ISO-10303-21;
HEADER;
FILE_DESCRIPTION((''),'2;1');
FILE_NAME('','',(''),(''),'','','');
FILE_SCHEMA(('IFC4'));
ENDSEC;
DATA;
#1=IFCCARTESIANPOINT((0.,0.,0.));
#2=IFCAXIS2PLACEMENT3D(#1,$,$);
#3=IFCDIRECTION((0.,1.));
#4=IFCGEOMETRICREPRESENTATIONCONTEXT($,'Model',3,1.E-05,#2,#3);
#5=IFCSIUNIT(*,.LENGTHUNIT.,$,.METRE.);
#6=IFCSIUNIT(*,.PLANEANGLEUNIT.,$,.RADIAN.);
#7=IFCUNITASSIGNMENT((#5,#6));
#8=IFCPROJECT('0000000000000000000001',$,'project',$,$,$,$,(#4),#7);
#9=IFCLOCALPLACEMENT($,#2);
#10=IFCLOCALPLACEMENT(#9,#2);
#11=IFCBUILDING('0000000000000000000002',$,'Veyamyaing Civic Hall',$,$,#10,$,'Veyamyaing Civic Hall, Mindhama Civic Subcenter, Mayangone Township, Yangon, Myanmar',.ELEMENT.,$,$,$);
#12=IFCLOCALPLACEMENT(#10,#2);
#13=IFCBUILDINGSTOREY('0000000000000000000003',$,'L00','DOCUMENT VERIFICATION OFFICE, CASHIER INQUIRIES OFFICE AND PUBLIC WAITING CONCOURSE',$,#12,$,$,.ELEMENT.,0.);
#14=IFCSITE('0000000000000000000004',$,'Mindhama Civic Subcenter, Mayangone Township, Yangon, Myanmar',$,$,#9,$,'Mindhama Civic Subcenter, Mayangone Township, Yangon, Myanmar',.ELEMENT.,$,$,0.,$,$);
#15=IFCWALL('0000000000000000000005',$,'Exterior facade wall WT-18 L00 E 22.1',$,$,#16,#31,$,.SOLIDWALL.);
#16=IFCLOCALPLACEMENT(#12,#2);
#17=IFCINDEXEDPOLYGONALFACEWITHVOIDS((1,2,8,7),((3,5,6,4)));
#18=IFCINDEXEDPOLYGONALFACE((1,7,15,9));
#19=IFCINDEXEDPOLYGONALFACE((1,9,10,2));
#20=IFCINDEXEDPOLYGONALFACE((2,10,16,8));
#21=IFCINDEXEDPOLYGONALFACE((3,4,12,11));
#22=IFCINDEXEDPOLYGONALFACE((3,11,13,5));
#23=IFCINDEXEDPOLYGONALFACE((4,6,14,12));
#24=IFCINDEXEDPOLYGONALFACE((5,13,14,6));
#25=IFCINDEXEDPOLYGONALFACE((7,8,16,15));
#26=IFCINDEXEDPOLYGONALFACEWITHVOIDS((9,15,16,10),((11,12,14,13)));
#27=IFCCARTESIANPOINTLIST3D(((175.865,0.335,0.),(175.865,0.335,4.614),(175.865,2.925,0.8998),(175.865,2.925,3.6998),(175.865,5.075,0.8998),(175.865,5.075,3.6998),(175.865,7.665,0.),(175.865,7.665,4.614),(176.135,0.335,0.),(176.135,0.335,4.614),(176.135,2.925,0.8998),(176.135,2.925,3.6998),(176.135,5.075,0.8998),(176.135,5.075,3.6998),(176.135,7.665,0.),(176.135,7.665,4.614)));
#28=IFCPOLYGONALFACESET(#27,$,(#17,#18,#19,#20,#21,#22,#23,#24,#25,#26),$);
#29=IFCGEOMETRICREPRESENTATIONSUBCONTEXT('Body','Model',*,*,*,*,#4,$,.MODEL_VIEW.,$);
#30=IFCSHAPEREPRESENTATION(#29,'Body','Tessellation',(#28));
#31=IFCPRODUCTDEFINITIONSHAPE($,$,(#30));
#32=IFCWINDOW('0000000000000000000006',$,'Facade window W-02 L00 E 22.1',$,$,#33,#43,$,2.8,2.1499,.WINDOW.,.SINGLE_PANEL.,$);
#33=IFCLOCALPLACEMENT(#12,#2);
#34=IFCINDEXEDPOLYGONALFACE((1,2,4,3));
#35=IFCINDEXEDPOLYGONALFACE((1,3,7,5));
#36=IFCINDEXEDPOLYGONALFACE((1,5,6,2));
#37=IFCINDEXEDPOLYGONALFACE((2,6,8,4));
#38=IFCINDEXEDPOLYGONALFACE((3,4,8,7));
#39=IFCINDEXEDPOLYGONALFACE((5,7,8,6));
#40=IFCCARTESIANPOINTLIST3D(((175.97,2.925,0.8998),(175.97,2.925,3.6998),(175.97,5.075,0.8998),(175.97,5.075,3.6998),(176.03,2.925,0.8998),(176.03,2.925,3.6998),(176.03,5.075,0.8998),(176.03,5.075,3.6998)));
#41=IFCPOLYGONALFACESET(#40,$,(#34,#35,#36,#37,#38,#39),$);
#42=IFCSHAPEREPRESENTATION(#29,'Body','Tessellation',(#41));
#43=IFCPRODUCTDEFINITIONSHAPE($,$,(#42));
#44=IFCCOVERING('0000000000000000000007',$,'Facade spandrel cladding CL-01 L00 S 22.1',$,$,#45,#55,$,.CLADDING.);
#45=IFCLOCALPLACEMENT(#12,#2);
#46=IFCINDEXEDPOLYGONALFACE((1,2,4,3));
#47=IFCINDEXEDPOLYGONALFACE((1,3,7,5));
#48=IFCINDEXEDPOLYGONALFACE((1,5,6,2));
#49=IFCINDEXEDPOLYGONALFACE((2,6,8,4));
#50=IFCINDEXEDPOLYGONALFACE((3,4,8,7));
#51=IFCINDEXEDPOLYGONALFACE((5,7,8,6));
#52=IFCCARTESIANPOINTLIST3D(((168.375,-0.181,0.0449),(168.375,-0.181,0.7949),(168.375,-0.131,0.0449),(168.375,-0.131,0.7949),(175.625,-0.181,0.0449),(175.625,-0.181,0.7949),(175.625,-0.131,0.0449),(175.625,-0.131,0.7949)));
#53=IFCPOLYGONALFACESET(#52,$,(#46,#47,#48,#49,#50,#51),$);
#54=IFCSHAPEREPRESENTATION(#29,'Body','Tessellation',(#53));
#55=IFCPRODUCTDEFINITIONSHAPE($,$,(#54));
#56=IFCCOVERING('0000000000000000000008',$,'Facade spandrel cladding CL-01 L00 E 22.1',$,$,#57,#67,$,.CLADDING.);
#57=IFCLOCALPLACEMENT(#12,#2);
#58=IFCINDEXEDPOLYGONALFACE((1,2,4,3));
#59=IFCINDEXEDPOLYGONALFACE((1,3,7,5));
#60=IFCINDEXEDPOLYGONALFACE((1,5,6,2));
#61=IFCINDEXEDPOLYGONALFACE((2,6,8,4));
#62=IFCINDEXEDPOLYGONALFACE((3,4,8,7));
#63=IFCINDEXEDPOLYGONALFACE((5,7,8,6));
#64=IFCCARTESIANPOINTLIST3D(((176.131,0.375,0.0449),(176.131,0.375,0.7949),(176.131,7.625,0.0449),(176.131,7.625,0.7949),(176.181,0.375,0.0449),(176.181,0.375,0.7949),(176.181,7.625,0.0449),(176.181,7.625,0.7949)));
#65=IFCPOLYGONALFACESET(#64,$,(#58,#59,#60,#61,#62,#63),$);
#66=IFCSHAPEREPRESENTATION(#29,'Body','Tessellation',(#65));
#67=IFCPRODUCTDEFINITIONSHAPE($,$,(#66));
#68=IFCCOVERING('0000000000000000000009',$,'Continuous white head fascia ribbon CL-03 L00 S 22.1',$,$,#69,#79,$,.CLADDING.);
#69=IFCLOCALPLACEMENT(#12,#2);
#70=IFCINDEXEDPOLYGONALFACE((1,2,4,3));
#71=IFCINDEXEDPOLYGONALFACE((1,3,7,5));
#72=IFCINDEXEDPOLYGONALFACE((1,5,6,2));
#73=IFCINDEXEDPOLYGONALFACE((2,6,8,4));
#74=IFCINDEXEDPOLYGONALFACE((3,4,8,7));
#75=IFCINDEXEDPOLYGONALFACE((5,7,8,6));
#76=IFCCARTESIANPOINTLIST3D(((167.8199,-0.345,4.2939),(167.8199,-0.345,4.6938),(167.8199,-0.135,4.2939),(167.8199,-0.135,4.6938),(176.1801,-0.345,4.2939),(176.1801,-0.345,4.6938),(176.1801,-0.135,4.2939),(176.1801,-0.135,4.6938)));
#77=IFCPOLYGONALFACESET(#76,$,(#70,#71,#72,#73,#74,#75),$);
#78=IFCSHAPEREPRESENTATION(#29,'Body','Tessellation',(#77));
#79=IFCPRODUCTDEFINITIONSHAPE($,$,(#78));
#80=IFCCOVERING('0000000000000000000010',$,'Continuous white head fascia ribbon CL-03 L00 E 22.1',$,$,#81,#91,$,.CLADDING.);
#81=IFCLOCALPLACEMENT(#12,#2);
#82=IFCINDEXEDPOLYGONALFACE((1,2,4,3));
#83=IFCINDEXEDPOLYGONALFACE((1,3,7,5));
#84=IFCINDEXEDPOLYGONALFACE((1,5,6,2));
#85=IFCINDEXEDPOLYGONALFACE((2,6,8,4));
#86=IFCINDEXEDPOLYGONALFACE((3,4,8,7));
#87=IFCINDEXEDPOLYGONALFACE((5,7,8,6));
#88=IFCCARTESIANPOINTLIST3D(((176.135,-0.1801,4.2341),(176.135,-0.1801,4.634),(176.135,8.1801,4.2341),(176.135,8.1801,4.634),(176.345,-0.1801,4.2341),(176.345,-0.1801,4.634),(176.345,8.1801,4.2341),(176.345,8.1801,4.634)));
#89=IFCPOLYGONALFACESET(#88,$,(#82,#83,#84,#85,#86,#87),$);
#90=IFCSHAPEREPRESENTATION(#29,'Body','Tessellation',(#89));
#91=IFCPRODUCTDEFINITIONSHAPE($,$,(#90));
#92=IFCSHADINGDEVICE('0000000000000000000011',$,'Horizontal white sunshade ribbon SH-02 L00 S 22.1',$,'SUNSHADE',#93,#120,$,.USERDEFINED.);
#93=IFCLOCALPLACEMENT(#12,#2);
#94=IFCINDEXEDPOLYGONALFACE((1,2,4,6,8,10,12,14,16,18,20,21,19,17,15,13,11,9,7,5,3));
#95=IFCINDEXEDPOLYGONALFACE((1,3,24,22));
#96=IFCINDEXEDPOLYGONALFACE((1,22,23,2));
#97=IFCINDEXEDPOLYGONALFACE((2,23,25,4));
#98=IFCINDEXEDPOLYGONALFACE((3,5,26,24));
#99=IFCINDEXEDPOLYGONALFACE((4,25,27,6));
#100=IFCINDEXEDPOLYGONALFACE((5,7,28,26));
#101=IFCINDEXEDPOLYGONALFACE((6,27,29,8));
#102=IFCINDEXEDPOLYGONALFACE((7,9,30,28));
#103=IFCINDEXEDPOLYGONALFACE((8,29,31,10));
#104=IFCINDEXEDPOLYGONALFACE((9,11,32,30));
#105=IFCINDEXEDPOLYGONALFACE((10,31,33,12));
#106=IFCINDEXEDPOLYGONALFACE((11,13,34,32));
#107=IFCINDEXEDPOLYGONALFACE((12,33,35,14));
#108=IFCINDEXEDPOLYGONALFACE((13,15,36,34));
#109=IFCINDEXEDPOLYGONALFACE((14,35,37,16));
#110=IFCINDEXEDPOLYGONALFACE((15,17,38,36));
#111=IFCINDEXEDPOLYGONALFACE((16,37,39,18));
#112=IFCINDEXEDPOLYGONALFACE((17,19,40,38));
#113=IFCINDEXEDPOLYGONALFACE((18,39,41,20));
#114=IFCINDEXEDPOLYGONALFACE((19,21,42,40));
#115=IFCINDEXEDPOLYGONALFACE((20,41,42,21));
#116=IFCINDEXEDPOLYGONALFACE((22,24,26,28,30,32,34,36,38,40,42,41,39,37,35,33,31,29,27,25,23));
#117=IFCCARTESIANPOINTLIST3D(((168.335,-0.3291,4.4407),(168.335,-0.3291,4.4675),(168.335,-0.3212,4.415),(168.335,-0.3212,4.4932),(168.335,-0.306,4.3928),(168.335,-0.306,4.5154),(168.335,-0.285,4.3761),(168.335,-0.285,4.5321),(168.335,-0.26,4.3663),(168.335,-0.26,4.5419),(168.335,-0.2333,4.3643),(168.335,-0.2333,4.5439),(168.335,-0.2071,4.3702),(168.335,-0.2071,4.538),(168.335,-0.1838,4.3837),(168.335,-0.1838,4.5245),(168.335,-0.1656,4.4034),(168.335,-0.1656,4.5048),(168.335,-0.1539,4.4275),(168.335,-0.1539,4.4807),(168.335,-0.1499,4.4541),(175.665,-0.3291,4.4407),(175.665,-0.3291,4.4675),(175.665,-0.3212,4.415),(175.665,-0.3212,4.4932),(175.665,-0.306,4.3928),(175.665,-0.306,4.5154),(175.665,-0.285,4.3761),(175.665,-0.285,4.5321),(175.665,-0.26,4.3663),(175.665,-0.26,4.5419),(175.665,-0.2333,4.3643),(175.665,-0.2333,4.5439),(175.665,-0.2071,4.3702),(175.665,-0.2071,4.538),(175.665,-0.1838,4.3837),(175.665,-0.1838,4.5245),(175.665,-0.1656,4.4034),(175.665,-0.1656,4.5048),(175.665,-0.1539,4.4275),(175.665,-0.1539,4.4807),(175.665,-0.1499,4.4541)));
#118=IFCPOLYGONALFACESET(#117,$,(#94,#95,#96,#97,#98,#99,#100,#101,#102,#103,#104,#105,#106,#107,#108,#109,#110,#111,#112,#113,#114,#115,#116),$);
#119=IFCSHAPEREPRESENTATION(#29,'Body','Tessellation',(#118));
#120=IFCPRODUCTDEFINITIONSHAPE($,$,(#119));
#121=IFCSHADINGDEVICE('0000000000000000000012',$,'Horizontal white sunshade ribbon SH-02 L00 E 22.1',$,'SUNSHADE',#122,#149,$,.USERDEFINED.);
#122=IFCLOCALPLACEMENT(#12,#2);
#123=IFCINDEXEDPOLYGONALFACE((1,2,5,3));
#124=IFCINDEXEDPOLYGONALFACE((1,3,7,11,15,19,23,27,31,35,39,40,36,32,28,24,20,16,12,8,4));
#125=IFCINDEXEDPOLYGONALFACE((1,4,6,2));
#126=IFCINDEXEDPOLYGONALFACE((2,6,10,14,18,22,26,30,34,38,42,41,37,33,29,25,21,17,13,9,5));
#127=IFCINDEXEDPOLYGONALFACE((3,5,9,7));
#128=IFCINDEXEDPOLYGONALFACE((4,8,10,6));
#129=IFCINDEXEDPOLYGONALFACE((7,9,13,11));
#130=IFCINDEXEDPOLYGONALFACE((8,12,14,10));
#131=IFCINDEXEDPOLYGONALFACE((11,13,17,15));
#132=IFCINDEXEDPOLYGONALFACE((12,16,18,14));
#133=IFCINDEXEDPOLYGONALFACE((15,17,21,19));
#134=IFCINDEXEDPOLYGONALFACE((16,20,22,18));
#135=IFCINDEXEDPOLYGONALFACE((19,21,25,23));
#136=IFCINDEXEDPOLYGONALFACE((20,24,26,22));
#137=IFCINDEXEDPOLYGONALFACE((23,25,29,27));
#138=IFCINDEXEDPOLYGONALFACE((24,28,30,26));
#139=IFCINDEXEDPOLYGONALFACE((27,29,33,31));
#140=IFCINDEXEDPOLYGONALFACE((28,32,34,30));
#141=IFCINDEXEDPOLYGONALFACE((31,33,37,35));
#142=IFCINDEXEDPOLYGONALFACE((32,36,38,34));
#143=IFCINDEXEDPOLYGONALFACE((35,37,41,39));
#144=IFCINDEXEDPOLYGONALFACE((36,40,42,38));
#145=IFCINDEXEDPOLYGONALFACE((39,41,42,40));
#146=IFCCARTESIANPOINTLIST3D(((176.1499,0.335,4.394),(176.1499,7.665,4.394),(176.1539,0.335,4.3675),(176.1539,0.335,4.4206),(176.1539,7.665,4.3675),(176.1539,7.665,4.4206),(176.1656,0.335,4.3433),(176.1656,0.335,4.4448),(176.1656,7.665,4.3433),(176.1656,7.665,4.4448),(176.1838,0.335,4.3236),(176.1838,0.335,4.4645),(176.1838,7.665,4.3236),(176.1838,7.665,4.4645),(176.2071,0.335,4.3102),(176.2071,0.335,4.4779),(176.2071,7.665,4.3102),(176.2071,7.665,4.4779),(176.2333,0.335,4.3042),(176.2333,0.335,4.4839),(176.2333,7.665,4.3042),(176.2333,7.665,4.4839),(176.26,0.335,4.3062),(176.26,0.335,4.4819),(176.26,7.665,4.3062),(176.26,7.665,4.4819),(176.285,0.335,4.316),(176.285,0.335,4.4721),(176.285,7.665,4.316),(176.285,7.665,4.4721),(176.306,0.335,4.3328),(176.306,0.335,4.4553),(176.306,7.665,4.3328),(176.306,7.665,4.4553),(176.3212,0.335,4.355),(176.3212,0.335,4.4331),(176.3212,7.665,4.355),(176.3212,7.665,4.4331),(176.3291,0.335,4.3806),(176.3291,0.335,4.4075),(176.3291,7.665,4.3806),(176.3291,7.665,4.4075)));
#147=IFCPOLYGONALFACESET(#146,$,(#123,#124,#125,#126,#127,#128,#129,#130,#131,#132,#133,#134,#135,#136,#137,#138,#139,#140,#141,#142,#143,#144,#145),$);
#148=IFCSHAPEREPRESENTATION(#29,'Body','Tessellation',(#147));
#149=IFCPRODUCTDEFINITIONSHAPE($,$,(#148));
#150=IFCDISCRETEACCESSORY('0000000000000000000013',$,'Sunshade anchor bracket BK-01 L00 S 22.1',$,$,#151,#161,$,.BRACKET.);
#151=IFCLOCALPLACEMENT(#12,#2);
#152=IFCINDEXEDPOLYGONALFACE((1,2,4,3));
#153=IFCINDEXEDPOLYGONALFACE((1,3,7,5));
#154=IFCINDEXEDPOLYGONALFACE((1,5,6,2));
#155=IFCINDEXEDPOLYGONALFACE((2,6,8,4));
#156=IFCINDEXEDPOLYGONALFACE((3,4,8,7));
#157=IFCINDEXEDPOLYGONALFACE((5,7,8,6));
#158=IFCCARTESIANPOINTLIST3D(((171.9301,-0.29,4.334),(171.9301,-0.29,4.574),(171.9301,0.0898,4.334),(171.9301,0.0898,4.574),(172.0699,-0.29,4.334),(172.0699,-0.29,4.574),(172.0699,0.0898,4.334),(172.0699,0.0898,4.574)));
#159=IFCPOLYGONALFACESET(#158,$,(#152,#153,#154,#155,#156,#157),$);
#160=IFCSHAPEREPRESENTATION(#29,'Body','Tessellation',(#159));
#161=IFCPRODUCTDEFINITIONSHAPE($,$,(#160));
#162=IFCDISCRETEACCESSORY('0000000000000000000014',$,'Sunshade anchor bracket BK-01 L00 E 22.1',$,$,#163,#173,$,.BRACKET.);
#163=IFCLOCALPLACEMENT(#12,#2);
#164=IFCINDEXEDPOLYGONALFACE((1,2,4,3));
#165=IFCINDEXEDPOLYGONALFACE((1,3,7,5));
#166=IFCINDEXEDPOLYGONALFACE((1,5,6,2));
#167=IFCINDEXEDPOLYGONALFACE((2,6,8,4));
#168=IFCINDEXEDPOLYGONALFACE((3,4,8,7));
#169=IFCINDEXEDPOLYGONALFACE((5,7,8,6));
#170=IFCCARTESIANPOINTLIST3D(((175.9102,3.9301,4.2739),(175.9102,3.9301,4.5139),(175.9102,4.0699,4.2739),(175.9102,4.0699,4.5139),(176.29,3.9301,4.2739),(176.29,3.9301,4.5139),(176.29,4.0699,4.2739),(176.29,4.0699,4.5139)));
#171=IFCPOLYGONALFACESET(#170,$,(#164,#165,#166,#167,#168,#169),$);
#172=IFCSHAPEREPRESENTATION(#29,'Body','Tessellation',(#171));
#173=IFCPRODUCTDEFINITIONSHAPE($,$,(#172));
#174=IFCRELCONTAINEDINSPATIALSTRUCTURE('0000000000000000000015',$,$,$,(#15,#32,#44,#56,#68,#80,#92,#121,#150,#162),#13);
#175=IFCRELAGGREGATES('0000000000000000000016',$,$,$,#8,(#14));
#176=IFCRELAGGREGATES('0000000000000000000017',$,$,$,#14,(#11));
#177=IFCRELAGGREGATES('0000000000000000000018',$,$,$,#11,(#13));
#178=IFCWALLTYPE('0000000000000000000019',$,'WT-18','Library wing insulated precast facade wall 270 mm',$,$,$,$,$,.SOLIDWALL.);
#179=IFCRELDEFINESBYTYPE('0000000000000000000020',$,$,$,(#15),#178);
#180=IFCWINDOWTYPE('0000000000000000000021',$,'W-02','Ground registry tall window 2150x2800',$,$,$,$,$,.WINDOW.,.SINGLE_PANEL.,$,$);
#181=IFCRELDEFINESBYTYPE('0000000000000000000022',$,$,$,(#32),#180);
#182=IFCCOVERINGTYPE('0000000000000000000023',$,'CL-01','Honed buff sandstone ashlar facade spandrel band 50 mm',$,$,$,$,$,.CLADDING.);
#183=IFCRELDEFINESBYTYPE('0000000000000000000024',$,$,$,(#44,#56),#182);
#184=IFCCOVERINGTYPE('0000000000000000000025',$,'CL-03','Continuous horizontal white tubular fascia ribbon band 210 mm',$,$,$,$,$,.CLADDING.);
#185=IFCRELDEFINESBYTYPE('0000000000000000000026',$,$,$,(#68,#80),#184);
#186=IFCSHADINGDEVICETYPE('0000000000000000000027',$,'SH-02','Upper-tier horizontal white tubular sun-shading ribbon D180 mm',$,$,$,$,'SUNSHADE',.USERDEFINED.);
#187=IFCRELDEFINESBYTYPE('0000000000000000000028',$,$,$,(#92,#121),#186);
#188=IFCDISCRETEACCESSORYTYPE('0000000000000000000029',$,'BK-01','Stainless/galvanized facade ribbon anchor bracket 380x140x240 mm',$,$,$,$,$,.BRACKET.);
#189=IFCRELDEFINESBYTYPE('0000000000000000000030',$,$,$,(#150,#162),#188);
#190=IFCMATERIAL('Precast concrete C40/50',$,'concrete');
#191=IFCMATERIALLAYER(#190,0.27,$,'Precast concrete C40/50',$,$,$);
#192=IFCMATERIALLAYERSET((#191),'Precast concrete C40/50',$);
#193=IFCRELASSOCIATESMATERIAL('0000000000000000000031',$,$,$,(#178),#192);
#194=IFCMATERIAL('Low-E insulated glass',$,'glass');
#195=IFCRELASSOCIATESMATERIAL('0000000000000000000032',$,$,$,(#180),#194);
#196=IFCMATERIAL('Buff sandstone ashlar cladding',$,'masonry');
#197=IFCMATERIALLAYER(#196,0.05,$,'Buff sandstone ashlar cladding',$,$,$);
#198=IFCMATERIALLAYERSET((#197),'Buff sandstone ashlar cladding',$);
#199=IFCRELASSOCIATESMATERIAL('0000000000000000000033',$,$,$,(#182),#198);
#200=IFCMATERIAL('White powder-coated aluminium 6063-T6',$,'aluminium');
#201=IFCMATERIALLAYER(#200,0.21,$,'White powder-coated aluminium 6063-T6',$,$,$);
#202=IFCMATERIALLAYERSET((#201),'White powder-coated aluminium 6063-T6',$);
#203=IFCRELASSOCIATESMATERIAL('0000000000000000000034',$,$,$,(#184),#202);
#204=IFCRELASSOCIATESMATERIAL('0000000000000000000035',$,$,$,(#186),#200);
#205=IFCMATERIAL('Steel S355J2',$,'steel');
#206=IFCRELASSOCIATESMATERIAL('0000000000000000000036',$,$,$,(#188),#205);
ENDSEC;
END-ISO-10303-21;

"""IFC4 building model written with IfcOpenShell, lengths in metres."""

from ifc_helpers import new_model, si_unit, direction, frame, frame_2d, origin, origin_2d, place, context, subcontext, project, spatial, rectangle, circle, extrude, material, layer, layer_set, material_profile, profile_set, type_object, element, fill, save


model = new_model("IFC4")

# Units and contexts
model_context = context("Model", 3, precision=1e-05, world=origin(), true_north=direction((0.0, 1.0)))
body_context = subcontext(model_context, "Body", "Model", "MODEL_VIEW")
ifc_project = project(units=[si_unit("LENGTHUNIT", "METRE"), si_unit("PLANEANGLEUNIT", "RADIAN")], contexts=[model_context])

# Site, building, storey
site_placement = place(None, origin())
site = spatial("IfcSite", under=ifc_project, at=site_placement, Name="Mindhama Civic Subcenter, Mayangone Township, Yangon, Myanmar", LongName="Mindhama Civic Subcenter, Mayangone Township, Yangon, Myanmar", CompositionType="ELEMENT", RefElevation=0.0)
building_placement = place(site_placement, origin())
building = spatial("IfcBuilding", under=site, at=building_placement, Name="Veyamyaing Civic Hall", LongName="Veyamyaing Civic Hall, Mindhama Civic Subcenter, Mayangone Township, Yangon, Myanmar", CompositionType="ELEMENT")
storey_placement = place(building_placement, origin())
storey = spatial("IfcBuildingStorey", under=building, at=storey_placement, Name="L00", Description="DOCUMENT VERIFICATION OFFICE, CASHIER INQUIRIES OFFICE AND PUBLIC WAITING CONCOURSE", CompositionType="ELEMENT", Elevation=0.0)

# Shared definitions
ifc_material_1 = material(Name="Precast concrete C40/50", Category="concrete")
ifc_layer_1 = layer(ifc_material_1, 0.27, Name="Precast concrete C40/50")
ifc_layer_set_1 = layer_set([ifc_layer_1], Name="Precast concrete C40/50")
wall_type = type_object("IfcWallType", Name="WT-18", Description="Library wing insulated precast facade wall 270 mm", PredefinedType="SOLIDWALL", material=ifc_layer_set_1)

# Wall, opening, window
wall_1_placement = place(storey_placement, frame((176.0, 0.335, 0.0), z_axis=(0.0, 0.0, 1.0), x_axis=(0.0, 1.0, 0.0)))
wall_1 = element("IfcWall", 1, at=wall_1_placement, inside=storey, type_object=wall_type, Name="Exterior facade wall WT-18 L00 E 22.1", PredefinedType="SOLIDWALL", context=body_context, shape_type="SweptSolid", body=[
    extrude(rectangle(XDim=7.3301, YDim=0.27, at=frame_2d((3.665, 0.0))), origin(), (0.0, 0.0, 1.0), 4.614),
])
opening_1_placement = place(wall_1_placement, frame((2.5901, 0.0, 0.8999)))
opening_1 = element("IfcOpeningElement", 2, at=opening_1_placement, cuts=wall_1, PredefinedType="OPENING", context=body_context, shape_type="SweptSolid", body=[
    extrude(rectangle(XDim=2.1499, YDim=2.8, at=frame_2d((1.075, 1.3999))), frame((0.0, 0.145, 0.0), z_axis=(0.0, -1.0, 0.0), x_axis=(1.0, 0.0, 0.0)), (0.0, 0.0, 1.0), 0.29),
])
ifc_material_2 = material(Name="Low-E insulated glass", Category="glass")
window_type = type_object("IfcWindowType", Name="W-02", Description="Ground registry tall window 2150x2800", PartitioningType="SINGLE_PANEL", PredefinedType="WINDOW", material=ifc_material_2)
window_placement = place(opening_1_placement, origin())
window = element("IfcWindow", 3, at=window_placement, inside=storey, type_object=window_type, Name="Facade window W-02 L00 E 22.1", OverallHeight=2.8, OverallWidth=2.1499, PartitioningType="SINGLE_PANEL", PredefinedType="WINDOW", context=body_context, shape_type="SweptSolid", body=[
    extrude(rectangle(XDim=2.1499, YDim=2.8, at=frame_2d((1.075, 1.3999))), frame((0.0, 0.03, 0.0), z_axis=(0.0, -1.0, 0.0), x_axis=(1.0, 0.0, 0.0)), (0.0, 0.0, 1.0), 0.0601),
])
fill(opening_1, window)

# Coverings
ifc_material_3 = material(Name="Buff sandstone ashlar cladding", Category="masonry")
ifc_layer_2 = layer(ifc_material_3, 0.05, Name="Buff sandstone ashlar cladding")
ifc_layer_set_2 = layer_set([ifc_layer_2], Name="Buff sandstone ashlar cladding")
covering_type_1 = type_object("IfcCoveringType", Name="CL-01", Description="Honed buff sandstone ashlar facade spandrel band 50 mm", PredefinedType="CLADDING", material=ifc_layer_set_2)
for number, where, z_axis, x_axis, name in (
    (4, (172.0, -0.156, 0.0449), (0.0, 0.0, 1.0), (1.0, 0.0, 0.0), "Facade spandrel cladding CL-01 L00 S 22.1"),
    (5, (176.156, 4.0, 0.0449), (0.0, 0.0, 1.0), (0.0, 1.0, 0.0), "Facade spandrel cladding CL-01 L00 E 22.1"),
):
    element("IfcCovering", number, at=place(storey_placement, frame(where, z_axis=z_axis, x_axis=x_axis)), inside=storey, type_object=covering_type_1, Name=name, PredefinedType="CLADDING", context=body_context, shape_type="SweptSolid", body=[
        extrude(rectangle(XDim=7.25, YDim=0.05, at=origin_2d()), origin(), (0.0, 0.0, 1.0), 0.75),
    ])
ifc_material_4 = material(Name="White powder-coated aluminium 6063-T6", Category="aluminium")
ifc_layer_3 = layer(ifc_material_4, 0.21, Name="White powder-coated aluminium 6063-T6")
ifc_layer_set_3 = layer_set([ifc_layer_3], Name="White powder-coated aluminium 6063-T6")
covering_type_2 = type_object("IfcCoveringType", Name="CL-03", Description="Continuous horizontal white tubular fascia ribbon band 210 mm", PredefinedType="CLADDING", material=ifc_layer_set_3)
for number, where, z_axis, x_axis, name in (
    (6, (172.0, -0.24, 4.2939), (0.0, 0.0, 1.0), (1.0, 0.0, 0.0), "Continuous white head fascia ribbon CL-03 L00 S 22.1"),
    (7, (176.24, 4.0, 4.2341), (0.0, 0.0, 1.0), (0.0, 1.0, 0.0), "Continuous white head fascia ribbon CL-03 L00 E 22.1"),
):
    element("IfcCovering", number, at=place(storey_placement, frame(where, z_axis=z_axis, x_axis=x_axis)), inside=storey, type_object=covering_type_2, Name=name, PredefinedType="CLADDING", context=body_context, shape_type="SweptSolid", body=[
        extrude(rectangle(XDim=8.3601, YDim=0.21, at=origin_2d()), origin(), (0.0, 0.0, 1.0), 0.3999),
    ])

# Shading devices
ifc_material_profile_1 = material_profile(ifc_material_4, circle(Radius=0.0901, at=origin_2d()), Name="SHADE-TUBE-180")
ifc_profile_set_1 = profile_set([ifc_material_profile_1], Name="White powder-coated aluminium 6063-T6")
shading_device_type = type_object("IfcShadingDeviceType", Name="SH-02", Description="Upper-tier horizontal white tubular sun-shading ribbon D180 mm", ElementType="SUNSHADE", PredefinedType="USERDEFINED", material=ifc_profile_set_1)
for number, where, z_axis, x_axis, name in (
    (8, (168.335, -0.24, 4.4541), (1.0, 0.0, 0.0), (0.0, 1.0, 0.0), "Horizontal white sunshade ribbon SH-02 L00 S 22.1"),
    (9, (176.24, 0.335, 4.394), (0.0, 1.0, 0.0), (-1.0, 0.0, 0.0), "Horizontal white sunshade ribbon SH-02 L00 E 22.1"),
):
    element("IfcShadingDevice", number, at=place(storey_placement, frame(where, z_axis=z_axis, x_axis=x_axis)), inside=storey, type_object=shading_device_type, Name=name, ObjectType="SUNSHADE", PredefinedType="USERDEFINED", context=body_context, shape_type="SweptSolid", body=[
        extrude(circle(Radius=0.0901, at=origin_2d()), origin(), (0.0, 0.0, 1.0), 7.3301),
    ])

# Discrete accessories
ifc_material_5 = material(Name="Steel S355J2", Category="steel")
discrete_accessory_type = type_object("IfcDiscreteAccessoryType", Name="BK-01", Description="Stainless/galvanized facade ribbon anchor bracket 380x140x240 mm", PredefinedType="BRACKET", material=ifc_material_5)
for number, where, z_axis, x_axis, name in (
    (10, (172.0, -0.1001, 4.334), (0.0, 0.0, 1.0), (0.0, -1.0, 0.0), "Sunshade anchor bracket BK-01 L00 S 22.1"),
    (11, (176.1001, 4.0, 4.2739), (0.0, 0.0, 1.0), (1.0, 0.0, 0.0), "Sunshade anchor bracket BK-01 L00 E 22.1"),
):
    element("IfcDiscreteAccessory", number, at=place(storey_placement, frame(where, z_axis=z_axis, x_axis=x_axis)), inside=storey, type_object=discrete_accessory_type, Name=name, PredefinedType="BRACKET", context=body_context, shape_type="SweptSolid", body=[
        extrude(rectangle(XDim=0.3799, YDim=0.1399, at=origin_2d()), origin(), (0.0, 0.0, 1.0), 0.24),
    ])

save(model, "model.ifc")
